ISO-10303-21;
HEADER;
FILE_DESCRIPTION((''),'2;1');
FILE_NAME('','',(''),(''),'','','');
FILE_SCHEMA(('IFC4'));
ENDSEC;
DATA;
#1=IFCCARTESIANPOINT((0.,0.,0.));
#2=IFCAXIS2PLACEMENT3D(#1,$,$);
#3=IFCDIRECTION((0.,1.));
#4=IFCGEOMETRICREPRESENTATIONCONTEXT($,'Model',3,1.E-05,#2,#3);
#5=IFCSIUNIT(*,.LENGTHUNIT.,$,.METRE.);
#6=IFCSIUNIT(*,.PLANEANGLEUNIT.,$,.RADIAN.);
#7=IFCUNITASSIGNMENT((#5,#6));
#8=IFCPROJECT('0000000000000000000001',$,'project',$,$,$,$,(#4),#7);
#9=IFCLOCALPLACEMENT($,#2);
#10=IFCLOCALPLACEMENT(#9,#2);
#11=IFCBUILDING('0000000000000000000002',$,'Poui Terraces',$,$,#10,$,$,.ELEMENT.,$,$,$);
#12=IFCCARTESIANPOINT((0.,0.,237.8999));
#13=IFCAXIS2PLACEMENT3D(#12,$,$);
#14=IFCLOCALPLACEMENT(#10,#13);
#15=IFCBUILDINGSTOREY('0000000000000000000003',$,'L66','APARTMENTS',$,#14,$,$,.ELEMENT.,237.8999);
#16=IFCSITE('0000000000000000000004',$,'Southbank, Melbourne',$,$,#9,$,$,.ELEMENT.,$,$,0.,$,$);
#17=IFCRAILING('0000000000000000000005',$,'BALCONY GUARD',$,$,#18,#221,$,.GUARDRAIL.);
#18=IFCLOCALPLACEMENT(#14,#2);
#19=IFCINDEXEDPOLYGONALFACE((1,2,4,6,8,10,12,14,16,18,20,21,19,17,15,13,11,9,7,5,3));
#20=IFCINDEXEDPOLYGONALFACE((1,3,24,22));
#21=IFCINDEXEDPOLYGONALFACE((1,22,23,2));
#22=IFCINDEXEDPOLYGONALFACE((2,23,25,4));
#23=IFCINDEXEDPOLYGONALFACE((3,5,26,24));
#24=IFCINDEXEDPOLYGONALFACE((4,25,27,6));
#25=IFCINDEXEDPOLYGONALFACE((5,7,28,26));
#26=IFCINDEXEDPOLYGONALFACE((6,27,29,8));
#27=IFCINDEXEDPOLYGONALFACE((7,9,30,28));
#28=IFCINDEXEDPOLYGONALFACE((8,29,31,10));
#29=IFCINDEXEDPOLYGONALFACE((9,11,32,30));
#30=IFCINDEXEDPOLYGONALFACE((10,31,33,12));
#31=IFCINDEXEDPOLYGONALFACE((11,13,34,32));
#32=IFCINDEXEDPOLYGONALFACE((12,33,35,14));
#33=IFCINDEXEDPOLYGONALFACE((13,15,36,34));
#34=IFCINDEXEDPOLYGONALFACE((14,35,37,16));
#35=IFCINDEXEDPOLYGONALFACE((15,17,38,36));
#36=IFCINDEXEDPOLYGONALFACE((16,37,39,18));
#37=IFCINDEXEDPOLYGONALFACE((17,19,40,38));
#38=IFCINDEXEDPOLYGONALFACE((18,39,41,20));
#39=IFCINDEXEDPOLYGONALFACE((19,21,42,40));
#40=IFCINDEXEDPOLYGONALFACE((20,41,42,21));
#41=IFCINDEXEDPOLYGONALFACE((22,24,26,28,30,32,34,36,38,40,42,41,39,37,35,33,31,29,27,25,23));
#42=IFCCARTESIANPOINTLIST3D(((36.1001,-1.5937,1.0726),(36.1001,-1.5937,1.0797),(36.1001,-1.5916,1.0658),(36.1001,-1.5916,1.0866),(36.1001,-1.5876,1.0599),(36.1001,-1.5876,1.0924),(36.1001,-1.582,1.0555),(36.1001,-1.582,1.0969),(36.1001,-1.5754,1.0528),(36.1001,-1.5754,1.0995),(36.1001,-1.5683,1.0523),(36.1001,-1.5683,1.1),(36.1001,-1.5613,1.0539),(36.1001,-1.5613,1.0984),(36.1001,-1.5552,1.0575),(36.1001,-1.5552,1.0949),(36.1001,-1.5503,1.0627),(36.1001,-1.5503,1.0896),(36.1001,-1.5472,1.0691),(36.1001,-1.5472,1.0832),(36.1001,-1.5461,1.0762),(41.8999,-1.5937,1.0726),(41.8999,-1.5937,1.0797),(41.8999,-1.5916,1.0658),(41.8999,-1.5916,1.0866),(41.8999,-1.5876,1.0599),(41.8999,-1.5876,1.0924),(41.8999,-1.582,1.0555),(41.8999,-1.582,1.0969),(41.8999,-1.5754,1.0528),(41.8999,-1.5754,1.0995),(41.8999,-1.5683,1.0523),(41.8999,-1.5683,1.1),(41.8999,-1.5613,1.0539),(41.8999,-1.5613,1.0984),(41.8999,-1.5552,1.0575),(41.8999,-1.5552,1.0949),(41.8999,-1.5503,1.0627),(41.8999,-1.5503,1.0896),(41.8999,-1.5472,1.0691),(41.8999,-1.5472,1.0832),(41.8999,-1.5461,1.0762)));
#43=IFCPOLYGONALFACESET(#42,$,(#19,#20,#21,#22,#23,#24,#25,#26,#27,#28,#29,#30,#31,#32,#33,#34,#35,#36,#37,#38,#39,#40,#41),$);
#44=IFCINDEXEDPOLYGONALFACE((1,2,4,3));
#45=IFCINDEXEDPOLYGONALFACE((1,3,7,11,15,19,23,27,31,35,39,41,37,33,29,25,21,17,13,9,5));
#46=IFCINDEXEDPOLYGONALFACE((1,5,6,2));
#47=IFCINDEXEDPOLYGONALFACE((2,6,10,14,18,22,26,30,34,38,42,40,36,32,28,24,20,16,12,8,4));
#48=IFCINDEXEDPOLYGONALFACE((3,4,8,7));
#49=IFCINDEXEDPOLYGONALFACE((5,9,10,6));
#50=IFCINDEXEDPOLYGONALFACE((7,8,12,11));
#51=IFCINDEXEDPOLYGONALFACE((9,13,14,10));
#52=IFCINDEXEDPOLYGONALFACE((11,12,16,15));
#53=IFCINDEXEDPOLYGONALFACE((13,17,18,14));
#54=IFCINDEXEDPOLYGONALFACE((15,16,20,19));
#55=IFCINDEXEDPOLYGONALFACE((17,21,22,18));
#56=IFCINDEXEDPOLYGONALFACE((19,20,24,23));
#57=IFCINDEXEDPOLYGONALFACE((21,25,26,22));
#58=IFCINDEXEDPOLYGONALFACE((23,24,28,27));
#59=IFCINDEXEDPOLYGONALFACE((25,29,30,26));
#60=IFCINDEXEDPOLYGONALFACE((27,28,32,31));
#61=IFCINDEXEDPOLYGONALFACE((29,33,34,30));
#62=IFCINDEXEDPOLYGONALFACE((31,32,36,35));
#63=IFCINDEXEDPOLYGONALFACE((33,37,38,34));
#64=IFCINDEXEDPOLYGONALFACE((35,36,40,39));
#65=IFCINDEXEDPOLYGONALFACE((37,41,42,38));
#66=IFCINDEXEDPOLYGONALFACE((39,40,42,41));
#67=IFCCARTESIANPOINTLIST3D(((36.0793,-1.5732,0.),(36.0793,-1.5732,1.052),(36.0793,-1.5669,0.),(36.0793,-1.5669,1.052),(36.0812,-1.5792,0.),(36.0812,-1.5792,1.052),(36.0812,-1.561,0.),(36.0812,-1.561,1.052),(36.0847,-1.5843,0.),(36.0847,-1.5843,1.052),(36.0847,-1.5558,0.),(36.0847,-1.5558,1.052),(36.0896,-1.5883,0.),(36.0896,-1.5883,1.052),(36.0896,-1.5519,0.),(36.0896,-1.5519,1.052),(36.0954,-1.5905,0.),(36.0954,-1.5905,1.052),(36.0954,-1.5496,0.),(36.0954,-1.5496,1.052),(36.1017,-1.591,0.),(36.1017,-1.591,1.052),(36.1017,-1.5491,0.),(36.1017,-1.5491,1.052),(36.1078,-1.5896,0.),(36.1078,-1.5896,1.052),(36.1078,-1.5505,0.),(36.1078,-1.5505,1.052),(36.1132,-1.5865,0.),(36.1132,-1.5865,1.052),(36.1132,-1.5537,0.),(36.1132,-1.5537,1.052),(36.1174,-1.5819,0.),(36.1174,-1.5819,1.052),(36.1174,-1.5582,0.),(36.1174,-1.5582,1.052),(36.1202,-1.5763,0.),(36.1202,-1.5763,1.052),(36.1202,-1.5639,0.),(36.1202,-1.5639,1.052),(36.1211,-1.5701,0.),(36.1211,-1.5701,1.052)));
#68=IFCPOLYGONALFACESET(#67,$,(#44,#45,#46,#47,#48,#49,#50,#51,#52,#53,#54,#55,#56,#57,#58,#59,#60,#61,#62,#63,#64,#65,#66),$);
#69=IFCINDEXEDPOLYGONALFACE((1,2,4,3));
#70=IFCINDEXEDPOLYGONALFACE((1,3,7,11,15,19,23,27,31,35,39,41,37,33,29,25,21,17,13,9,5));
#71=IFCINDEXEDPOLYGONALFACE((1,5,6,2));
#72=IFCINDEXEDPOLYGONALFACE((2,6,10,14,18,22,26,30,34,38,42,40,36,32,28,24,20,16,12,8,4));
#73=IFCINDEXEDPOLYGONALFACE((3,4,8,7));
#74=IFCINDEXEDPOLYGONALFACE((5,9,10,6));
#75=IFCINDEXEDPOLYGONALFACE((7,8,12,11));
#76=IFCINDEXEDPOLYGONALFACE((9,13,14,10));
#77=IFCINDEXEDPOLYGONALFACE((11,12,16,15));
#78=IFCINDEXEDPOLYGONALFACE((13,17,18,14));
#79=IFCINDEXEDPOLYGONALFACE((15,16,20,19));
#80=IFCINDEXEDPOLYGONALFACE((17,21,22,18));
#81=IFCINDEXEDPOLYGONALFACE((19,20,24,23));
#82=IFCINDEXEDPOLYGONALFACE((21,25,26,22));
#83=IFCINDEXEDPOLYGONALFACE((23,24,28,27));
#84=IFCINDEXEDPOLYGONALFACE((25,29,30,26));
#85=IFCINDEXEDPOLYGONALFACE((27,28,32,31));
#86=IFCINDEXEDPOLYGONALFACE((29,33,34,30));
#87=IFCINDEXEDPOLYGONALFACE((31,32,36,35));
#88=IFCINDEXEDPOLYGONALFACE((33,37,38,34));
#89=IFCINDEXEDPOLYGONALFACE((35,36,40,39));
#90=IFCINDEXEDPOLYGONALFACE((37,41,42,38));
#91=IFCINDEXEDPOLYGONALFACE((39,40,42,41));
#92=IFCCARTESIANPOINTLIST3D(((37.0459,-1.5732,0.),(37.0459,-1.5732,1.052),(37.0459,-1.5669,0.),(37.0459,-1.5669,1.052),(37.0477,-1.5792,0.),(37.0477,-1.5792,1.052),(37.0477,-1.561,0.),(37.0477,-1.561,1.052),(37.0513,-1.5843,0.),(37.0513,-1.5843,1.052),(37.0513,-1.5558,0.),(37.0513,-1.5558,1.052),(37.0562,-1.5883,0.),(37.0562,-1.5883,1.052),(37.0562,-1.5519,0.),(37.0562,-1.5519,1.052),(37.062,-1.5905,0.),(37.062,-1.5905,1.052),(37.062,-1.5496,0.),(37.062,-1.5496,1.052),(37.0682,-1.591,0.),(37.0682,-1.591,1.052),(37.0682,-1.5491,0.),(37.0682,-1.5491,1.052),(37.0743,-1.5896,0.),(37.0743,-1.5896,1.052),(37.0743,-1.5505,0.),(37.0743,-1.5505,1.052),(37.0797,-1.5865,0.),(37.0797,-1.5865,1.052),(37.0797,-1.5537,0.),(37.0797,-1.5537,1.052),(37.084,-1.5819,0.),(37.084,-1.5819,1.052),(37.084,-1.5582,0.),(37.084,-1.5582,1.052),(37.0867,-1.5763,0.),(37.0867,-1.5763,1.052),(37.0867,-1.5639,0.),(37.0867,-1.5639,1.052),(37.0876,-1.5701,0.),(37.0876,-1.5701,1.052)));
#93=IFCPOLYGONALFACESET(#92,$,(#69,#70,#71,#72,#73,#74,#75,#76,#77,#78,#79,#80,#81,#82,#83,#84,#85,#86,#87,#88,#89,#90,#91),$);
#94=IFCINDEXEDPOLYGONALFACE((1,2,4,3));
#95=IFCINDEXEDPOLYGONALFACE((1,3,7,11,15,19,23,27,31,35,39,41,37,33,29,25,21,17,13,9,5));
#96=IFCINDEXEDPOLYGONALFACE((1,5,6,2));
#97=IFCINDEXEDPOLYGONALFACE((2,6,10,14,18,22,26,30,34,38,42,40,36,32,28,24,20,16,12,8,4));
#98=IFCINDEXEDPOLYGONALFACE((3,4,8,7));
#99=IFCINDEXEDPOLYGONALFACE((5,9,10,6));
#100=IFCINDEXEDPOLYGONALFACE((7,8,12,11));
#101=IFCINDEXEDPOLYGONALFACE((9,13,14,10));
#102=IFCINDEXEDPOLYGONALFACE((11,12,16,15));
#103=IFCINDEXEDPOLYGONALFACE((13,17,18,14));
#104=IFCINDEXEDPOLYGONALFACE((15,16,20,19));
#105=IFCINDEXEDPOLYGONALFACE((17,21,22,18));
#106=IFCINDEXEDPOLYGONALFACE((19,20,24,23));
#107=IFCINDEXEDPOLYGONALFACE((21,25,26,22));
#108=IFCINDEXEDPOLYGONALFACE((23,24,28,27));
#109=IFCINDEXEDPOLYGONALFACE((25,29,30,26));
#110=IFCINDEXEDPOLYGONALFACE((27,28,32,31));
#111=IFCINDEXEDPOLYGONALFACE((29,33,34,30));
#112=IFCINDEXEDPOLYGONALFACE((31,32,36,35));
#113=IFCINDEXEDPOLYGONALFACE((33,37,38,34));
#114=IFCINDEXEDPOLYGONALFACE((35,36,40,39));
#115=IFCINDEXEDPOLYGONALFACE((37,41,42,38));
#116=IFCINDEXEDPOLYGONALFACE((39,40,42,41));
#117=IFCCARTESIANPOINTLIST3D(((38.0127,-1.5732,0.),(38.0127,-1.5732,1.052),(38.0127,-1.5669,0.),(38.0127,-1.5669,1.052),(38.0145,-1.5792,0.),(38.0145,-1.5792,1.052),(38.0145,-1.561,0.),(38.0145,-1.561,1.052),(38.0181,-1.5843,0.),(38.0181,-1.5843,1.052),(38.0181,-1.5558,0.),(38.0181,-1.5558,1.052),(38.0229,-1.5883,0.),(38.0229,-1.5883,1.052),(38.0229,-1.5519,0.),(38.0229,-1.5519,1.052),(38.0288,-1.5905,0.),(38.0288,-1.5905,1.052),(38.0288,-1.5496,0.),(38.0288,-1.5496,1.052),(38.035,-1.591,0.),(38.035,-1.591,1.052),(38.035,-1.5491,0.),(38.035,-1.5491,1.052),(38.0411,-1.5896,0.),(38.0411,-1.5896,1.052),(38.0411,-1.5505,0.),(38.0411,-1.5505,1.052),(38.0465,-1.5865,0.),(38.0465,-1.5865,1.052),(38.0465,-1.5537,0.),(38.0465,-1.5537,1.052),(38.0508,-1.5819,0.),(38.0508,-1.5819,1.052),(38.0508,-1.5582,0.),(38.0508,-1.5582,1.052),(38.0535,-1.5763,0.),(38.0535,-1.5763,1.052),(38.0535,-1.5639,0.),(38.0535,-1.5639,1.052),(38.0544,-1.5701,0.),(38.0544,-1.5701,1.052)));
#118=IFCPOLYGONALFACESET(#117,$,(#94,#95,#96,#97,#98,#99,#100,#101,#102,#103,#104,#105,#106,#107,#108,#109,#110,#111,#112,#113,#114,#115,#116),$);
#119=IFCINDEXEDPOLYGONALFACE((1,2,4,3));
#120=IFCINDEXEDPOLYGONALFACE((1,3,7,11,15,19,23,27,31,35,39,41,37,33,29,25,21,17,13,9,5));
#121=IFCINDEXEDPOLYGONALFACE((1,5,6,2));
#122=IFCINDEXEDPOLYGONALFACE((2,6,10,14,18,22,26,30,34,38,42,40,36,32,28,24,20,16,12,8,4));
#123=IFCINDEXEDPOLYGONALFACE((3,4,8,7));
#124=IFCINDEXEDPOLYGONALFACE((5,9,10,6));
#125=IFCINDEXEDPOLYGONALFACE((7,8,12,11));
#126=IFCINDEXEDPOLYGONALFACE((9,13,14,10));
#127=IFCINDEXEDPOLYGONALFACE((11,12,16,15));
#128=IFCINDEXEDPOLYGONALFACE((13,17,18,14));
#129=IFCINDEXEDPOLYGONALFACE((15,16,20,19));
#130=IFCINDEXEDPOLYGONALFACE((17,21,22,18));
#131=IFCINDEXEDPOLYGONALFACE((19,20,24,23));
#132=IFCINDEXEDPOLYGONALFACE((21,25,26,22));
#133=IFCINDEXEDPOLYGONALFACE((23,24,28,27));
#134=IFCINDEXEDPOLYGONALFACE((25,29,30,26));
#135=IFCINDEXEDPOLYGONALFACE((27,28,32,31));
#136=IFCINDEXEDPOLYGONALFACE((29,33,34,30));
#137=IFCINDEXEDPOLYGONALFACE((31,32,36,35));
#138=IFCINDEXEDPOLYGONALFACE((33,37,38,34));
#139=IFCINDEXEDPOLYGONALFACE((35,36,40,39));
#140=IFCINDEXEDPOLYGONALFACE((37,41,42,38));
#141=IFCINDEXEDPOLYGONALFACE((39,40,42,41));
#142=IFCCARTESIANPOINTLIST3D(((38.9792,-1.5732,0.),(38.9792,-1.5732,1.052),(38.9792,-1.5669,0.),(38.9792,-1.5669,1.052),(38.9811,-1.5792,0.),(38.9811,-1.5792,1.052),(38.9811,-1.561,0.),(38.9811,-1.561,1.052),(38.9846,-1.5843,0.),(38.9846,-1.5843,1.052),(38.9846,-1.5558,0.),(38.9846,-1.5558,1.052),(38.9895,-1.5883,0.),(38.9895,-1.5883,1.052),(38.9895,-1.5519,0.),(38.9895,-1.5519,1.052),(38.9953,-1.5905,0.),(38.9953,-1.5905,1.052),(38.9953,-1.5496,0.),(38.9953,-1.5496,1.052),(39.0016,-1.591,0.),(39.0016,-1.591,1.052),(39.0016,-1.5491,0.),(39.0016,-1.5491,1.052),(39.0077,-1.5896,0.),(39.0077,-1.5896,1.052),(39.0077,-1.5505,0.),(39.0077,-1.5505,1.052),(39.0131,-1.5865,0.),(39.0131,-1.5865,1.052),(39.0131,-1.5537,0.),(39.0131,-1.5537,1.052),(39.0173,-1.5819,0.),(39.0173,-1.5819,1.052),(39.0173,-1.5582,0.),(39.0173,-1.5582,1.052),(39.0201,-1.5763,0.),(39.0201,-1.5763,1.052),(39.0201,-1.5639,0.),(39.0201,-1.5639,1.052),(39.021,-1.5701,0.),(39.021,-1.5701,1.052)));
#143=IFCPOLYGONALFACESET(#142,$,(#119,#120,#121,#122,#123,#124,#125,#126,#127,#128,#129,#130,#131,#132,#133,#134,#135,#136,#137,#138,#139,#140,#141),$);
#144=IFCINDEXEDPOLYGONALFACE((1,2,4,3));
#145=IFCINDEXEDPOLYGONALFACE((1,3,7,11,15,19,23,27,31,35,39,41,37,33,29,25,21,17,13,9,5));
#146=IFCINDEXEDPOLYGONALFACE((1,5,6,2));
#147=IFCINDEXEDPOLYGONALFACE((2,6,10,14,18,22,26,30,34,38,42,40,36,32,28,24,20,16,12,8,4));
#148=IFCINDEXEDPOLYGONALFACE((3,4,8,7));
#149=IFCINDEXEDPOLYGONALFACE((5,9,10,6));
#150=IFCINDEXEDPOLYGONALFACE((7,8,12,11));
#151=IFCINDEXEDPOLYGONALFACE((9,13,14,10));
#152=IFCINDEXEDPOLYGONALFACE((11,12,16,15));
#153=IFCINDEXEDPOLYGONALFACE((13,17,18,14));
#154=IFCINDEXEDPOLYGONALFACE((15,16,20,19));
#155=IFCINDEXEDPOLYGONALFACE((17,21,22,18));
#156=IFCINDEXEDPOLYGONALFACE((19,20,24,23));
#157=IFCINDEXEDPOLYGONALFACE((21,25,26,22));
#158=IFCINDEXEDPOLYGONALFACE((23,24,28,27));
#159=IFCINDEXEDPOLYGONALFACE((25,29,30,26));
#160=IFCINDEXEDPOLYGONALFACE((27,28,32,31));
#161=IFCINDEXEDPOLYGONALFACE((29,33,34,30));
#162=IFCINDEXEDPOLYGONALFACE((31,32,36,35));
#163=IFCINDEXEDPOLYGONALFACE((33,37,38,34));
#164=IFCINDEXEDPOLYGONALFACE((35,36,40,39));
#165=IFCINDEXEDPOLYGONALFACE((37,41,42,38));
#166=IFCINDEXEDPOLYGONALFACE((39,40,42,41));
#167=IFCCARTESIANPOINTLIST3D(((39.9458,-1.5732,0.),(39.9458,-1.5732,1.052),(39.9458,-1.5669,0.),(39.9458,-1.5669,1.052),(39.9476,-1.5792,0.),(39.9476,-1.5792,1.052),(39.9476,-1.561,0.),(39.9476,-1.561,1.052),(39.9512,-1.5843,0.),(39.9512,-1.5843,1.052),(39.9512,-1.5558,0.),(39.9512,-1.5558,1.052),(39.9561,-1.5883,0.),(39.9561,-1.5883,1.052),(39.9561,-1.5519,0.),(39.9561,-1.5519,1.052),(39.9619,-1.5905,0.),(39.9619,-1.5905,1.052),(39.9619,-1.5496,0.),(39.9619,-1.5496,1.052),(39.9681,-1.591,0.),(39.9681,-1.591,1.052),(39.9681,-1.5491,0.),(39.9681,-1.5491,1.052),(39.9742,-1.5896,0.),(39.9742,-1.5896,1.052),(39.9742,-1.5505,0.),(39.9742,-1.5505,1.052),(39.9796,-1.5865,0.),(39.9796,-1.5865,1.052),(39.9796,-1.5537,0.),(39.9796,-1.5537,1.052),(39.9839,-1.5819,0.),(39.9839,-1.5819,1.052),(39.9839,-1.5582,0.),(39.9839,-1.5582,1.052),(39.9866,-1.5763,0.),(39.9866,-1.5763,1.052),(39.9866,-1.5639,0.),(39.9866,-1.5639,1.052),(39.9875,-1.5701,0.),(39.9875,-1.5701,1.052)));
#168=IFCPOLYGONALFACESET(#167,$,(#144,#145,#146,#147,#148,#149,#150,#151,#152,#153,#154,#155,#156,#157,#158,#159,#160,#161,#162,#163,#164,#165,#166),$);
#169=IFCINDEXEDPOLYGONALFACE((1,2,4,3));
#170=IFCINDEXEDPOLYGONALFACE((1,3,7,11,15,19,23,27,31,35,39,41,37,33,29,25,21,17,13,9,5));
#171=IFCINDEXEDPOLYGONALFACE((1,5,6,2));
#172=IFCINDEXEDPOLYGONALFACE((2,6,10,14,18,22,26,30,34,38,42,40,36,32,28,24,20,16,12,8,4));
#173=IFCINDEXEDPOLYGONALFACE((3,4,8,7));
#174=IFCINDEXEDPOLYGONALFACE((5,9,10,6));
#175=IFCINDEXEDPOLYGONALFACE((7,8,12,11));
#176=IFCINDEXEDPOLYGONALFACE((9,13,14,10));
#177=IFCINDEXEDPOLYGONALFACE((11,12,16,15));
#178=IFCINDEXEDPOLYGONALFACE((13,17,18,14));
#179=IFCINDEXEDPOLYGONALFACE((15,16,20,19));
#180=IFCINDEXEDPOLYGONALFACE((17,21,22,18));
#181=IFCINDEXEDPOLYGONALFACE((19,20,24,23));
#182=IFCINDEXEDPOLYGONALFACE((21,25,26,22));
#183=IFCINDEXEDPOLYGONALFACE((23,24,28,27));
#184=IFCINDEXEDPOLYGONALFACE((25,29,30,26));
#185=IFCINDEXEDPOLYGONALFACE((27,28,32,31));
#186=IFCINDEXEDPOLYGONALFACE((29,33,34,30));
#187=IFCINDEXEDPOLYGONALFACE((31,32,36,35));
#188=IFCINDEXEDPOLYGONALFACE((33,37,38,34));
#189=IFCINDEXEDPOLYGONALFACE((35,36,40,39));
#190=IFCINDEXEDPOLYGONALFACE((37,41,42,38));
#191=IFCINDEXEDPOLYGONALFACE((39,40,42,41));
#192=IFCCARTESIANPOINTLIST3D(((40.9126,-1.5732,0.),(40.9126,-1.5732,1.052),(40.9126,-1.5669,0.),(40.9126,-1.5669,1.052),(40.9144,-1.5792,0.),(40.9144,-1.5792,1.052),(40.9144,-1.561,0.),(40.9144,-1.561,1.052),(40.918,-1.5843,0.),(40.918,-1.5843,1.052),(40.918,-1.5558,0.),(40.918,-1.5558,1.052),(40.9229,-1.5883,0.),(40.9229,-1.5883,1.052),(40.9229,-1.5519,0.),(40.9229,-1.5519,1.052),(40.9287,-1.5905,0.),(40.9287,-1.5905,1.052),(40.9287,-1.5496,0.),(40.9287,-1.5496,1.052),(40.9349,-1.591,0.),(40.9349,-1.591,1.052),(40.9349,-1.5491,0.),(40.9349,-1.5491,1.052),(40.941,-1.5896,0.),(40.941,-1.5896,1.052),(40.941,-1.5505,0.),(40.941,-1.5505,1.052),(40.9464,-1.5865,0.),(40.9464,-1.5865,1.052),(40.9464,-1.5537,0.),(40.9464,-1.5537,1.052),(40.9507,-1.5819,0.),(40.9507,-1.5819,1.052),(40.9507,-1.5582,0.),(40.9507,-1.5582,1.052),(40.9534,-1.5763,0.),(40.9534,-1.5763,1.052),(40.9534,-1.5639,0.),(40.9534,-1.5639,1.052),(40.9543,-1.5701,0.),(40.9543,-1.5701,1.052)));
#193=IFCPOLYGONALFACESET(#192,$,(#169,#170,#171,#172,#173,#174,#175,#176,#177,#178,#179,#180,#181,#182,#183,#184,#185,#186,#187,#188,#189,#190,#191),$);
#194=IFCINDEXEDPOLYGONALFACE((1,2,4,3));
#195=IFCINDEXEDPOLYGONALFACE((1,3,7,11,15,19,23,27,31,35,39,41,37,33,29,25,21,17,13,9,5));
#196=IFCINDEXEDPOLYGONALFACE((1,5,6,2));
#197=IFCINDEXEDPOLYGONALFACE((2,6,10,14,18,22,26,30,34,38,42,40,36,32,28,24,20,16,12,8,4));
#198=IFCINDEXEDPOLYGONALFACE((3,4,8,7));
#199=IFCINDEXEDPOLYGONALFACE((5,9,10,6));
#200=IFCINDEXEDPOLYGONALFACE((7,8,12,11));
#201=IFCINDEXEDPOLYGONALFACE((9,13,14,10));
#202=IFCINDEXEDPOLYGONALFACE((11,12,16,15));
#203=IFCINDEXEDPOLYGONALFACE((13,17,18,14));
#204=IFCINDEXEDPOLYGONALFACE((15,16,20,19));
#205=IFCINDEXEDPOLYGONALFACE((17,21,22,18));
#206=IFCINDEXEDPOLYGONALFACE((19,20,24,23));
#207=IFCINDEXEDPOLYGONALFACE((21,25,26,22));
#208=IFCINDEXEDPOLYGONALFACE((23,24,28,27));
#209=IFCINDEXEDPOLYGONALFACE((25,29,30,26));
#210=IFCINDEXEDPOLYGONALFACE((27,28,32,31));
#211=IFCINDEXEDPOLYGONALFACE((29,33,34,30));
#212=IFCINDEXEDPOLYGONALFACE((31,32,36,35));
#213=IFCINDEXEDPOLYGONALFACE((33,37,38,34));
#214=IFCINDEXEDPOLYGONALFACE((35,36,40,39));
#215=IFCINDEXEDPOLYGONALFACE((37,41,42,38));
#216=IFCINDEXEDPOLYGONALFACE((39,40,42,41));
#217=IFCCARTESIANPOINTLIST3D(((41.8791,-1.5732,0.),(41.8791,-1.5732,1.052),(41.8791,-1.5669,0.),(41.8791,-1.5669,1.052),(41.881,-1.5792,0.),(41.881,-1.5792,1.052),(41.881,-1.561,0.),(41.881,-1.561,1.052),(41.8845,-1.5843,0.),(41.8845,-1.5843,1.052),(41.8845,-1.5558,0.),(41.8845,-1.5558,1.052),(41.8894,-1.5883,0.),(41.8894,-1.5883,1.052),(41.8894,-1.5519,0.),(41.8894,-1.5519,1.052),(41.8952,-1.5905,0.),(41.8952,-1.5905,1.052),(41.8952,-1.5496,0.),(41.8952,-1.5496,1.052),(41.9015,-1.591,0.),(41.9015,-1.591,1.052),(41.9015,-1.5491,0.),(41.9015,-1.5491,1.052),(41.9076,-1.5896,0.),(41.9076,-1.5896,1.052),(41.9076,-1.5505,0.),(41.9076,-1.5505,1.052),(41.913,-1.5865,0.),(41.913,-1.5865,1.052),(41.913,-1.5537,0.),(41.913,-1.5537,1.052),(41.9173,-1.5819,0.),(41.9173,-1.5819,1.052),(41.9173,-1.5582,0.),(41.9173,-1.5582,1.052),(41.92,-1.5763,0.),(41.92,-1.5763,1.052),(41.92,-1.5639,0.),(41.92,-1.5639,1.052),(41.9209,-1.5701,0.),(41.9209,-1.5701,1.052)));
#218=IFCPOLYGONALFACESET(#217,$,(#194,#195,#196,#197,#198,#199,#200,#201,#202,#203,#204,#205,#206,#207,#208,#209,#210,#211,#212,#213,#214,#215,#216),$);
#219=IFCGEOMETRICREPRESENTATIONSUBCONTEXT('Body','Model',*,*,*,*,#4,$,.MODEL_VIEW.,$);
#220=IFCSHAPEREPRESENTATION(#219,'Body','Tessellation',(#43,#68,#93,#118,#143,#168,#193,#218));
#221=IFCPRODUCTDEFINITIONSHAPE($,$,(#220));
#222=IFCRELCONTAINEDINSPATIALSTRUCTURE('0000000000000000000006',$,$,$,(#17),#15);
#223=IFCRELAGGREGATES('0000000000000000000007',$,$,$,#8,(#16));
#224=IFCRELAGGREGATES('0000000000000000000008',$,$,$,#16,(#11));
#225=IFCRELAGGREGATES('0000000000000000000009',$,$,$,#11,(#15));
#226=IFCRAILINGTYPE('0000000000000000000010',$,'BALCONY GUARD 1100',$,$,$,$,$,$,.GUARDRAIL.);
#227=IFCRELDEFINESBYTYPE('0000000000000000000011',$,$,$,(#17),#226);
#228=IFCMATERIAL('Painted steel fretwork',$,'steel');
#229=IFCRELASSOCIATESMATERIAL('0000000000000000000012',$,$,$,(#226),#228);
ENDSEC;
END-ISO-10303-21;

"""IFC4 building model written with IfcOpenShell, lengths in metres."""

from ifc_helpers import new_model, si_unit, direction, frame, origin, origin_2d, place, context, subcontext, project, spatial, circle, extrude, material, type_object, element, save


model = new_model("IFC4")

# Units and contexts
model_context = context("Model", 3, precision=1e-05, world=origin(), true_north=direction((0.0, 1.0)))
body_context = subcontext(model_context, "Body", "Model", "MODEL_VIEW")
ifc_project = project(units=[si_unit("LENGTHUNIT", "METRE"), si_unit("PLANEANGLEUNIT", "RADIAN")], contexts=[model_context])

# Site, building, storey
site_placement = place(None, origin())
site = spatial("IfcSite", under=ifc_project, at=site_placement, Name="Southbank, Melbourne", CompositionType="ELEMENT", RefElevation=0.0)
building_placement = place(site_placement, origin())
building = spatial("IfcBuilding", under=site, at=building_placement, Name="Poui Terraces", CompositionType="ELEMENT")
storey_placement = place(building_placement, frame((0.0, 0.0, 237.8999)))
storey = spatial("IfcBuildingStorey", under=building, at=storey_placement, Name="L66", Description="APARTMENTS", CompositionType="ELEMENT", Elevation=237.8999)

# Railing
ifc_material_1 = material(Name="Painted steel fretwork", Category="steel")
railing_type = type_object("IfcRailingType", Name="BALCONY GUARD 1100", PredefinedType="GUARDRAIL", material=ifc_material_1)
railing_placement = place(storey_placement, frame((36.1001, -1.5701, 0.0)))
element("IfcRailing", 1, at=railing_placement, inside=storey, type_object=railing_type, Name="BALCONY GUARD", PredefinedType="GUARDRAIL", context=body_context, shape_type="SweptSolid", body=[
    extrude(circle(Radius=0.0239, at=origin_2d()), frame((0.0, 0.0, 1.0762), z_axis=(1.0, 0.0, 0.0), x_axis=(0.0, 1.0, 0.0)), (0.0, 0.0, 1.0), 5.7998),
    extrude(circle(Radius=0.021, at=origin_2d()), origin(), (0.0, 0.0, 1.0), 1.052),
    extrude(circle(Radius=0.021, at=origin_2d()), frame((0.9666, 0.0, 0.0)), (0.0, 0.0, 1.0), 1.052),
    extrude(circle(Radius=0.021, at=origin_2d()), frame((1.9333, 0.0, 0.0)), (0.0, 0.0, 1.0), 1.052),
    extrude(circle(Radius=0.021, at=origin_2d()), frame((2.8999, 0.0, 0.0)), (0.0, 0.0, 1.0), 1.052),
    extrude(circle(Radius=0.021, at=origin_2d()), frame((3.8665, 0.0, 0.0)), (0.0, 0.0, 1.0), 1.052),
    extrude(circle(Radius=0.021, at=origin_2d()), frame((4.8333, 0.0, 0.0)), (0.0, 0.0, 1.0), 1.052),
    extrude(circle(Radius=0.021, at=origin_2d()), frame((5.7998, 0.0, 0.0)), (0.0, 0.0, 1.0), 1.052),
])

save(model, "model.ifc")
